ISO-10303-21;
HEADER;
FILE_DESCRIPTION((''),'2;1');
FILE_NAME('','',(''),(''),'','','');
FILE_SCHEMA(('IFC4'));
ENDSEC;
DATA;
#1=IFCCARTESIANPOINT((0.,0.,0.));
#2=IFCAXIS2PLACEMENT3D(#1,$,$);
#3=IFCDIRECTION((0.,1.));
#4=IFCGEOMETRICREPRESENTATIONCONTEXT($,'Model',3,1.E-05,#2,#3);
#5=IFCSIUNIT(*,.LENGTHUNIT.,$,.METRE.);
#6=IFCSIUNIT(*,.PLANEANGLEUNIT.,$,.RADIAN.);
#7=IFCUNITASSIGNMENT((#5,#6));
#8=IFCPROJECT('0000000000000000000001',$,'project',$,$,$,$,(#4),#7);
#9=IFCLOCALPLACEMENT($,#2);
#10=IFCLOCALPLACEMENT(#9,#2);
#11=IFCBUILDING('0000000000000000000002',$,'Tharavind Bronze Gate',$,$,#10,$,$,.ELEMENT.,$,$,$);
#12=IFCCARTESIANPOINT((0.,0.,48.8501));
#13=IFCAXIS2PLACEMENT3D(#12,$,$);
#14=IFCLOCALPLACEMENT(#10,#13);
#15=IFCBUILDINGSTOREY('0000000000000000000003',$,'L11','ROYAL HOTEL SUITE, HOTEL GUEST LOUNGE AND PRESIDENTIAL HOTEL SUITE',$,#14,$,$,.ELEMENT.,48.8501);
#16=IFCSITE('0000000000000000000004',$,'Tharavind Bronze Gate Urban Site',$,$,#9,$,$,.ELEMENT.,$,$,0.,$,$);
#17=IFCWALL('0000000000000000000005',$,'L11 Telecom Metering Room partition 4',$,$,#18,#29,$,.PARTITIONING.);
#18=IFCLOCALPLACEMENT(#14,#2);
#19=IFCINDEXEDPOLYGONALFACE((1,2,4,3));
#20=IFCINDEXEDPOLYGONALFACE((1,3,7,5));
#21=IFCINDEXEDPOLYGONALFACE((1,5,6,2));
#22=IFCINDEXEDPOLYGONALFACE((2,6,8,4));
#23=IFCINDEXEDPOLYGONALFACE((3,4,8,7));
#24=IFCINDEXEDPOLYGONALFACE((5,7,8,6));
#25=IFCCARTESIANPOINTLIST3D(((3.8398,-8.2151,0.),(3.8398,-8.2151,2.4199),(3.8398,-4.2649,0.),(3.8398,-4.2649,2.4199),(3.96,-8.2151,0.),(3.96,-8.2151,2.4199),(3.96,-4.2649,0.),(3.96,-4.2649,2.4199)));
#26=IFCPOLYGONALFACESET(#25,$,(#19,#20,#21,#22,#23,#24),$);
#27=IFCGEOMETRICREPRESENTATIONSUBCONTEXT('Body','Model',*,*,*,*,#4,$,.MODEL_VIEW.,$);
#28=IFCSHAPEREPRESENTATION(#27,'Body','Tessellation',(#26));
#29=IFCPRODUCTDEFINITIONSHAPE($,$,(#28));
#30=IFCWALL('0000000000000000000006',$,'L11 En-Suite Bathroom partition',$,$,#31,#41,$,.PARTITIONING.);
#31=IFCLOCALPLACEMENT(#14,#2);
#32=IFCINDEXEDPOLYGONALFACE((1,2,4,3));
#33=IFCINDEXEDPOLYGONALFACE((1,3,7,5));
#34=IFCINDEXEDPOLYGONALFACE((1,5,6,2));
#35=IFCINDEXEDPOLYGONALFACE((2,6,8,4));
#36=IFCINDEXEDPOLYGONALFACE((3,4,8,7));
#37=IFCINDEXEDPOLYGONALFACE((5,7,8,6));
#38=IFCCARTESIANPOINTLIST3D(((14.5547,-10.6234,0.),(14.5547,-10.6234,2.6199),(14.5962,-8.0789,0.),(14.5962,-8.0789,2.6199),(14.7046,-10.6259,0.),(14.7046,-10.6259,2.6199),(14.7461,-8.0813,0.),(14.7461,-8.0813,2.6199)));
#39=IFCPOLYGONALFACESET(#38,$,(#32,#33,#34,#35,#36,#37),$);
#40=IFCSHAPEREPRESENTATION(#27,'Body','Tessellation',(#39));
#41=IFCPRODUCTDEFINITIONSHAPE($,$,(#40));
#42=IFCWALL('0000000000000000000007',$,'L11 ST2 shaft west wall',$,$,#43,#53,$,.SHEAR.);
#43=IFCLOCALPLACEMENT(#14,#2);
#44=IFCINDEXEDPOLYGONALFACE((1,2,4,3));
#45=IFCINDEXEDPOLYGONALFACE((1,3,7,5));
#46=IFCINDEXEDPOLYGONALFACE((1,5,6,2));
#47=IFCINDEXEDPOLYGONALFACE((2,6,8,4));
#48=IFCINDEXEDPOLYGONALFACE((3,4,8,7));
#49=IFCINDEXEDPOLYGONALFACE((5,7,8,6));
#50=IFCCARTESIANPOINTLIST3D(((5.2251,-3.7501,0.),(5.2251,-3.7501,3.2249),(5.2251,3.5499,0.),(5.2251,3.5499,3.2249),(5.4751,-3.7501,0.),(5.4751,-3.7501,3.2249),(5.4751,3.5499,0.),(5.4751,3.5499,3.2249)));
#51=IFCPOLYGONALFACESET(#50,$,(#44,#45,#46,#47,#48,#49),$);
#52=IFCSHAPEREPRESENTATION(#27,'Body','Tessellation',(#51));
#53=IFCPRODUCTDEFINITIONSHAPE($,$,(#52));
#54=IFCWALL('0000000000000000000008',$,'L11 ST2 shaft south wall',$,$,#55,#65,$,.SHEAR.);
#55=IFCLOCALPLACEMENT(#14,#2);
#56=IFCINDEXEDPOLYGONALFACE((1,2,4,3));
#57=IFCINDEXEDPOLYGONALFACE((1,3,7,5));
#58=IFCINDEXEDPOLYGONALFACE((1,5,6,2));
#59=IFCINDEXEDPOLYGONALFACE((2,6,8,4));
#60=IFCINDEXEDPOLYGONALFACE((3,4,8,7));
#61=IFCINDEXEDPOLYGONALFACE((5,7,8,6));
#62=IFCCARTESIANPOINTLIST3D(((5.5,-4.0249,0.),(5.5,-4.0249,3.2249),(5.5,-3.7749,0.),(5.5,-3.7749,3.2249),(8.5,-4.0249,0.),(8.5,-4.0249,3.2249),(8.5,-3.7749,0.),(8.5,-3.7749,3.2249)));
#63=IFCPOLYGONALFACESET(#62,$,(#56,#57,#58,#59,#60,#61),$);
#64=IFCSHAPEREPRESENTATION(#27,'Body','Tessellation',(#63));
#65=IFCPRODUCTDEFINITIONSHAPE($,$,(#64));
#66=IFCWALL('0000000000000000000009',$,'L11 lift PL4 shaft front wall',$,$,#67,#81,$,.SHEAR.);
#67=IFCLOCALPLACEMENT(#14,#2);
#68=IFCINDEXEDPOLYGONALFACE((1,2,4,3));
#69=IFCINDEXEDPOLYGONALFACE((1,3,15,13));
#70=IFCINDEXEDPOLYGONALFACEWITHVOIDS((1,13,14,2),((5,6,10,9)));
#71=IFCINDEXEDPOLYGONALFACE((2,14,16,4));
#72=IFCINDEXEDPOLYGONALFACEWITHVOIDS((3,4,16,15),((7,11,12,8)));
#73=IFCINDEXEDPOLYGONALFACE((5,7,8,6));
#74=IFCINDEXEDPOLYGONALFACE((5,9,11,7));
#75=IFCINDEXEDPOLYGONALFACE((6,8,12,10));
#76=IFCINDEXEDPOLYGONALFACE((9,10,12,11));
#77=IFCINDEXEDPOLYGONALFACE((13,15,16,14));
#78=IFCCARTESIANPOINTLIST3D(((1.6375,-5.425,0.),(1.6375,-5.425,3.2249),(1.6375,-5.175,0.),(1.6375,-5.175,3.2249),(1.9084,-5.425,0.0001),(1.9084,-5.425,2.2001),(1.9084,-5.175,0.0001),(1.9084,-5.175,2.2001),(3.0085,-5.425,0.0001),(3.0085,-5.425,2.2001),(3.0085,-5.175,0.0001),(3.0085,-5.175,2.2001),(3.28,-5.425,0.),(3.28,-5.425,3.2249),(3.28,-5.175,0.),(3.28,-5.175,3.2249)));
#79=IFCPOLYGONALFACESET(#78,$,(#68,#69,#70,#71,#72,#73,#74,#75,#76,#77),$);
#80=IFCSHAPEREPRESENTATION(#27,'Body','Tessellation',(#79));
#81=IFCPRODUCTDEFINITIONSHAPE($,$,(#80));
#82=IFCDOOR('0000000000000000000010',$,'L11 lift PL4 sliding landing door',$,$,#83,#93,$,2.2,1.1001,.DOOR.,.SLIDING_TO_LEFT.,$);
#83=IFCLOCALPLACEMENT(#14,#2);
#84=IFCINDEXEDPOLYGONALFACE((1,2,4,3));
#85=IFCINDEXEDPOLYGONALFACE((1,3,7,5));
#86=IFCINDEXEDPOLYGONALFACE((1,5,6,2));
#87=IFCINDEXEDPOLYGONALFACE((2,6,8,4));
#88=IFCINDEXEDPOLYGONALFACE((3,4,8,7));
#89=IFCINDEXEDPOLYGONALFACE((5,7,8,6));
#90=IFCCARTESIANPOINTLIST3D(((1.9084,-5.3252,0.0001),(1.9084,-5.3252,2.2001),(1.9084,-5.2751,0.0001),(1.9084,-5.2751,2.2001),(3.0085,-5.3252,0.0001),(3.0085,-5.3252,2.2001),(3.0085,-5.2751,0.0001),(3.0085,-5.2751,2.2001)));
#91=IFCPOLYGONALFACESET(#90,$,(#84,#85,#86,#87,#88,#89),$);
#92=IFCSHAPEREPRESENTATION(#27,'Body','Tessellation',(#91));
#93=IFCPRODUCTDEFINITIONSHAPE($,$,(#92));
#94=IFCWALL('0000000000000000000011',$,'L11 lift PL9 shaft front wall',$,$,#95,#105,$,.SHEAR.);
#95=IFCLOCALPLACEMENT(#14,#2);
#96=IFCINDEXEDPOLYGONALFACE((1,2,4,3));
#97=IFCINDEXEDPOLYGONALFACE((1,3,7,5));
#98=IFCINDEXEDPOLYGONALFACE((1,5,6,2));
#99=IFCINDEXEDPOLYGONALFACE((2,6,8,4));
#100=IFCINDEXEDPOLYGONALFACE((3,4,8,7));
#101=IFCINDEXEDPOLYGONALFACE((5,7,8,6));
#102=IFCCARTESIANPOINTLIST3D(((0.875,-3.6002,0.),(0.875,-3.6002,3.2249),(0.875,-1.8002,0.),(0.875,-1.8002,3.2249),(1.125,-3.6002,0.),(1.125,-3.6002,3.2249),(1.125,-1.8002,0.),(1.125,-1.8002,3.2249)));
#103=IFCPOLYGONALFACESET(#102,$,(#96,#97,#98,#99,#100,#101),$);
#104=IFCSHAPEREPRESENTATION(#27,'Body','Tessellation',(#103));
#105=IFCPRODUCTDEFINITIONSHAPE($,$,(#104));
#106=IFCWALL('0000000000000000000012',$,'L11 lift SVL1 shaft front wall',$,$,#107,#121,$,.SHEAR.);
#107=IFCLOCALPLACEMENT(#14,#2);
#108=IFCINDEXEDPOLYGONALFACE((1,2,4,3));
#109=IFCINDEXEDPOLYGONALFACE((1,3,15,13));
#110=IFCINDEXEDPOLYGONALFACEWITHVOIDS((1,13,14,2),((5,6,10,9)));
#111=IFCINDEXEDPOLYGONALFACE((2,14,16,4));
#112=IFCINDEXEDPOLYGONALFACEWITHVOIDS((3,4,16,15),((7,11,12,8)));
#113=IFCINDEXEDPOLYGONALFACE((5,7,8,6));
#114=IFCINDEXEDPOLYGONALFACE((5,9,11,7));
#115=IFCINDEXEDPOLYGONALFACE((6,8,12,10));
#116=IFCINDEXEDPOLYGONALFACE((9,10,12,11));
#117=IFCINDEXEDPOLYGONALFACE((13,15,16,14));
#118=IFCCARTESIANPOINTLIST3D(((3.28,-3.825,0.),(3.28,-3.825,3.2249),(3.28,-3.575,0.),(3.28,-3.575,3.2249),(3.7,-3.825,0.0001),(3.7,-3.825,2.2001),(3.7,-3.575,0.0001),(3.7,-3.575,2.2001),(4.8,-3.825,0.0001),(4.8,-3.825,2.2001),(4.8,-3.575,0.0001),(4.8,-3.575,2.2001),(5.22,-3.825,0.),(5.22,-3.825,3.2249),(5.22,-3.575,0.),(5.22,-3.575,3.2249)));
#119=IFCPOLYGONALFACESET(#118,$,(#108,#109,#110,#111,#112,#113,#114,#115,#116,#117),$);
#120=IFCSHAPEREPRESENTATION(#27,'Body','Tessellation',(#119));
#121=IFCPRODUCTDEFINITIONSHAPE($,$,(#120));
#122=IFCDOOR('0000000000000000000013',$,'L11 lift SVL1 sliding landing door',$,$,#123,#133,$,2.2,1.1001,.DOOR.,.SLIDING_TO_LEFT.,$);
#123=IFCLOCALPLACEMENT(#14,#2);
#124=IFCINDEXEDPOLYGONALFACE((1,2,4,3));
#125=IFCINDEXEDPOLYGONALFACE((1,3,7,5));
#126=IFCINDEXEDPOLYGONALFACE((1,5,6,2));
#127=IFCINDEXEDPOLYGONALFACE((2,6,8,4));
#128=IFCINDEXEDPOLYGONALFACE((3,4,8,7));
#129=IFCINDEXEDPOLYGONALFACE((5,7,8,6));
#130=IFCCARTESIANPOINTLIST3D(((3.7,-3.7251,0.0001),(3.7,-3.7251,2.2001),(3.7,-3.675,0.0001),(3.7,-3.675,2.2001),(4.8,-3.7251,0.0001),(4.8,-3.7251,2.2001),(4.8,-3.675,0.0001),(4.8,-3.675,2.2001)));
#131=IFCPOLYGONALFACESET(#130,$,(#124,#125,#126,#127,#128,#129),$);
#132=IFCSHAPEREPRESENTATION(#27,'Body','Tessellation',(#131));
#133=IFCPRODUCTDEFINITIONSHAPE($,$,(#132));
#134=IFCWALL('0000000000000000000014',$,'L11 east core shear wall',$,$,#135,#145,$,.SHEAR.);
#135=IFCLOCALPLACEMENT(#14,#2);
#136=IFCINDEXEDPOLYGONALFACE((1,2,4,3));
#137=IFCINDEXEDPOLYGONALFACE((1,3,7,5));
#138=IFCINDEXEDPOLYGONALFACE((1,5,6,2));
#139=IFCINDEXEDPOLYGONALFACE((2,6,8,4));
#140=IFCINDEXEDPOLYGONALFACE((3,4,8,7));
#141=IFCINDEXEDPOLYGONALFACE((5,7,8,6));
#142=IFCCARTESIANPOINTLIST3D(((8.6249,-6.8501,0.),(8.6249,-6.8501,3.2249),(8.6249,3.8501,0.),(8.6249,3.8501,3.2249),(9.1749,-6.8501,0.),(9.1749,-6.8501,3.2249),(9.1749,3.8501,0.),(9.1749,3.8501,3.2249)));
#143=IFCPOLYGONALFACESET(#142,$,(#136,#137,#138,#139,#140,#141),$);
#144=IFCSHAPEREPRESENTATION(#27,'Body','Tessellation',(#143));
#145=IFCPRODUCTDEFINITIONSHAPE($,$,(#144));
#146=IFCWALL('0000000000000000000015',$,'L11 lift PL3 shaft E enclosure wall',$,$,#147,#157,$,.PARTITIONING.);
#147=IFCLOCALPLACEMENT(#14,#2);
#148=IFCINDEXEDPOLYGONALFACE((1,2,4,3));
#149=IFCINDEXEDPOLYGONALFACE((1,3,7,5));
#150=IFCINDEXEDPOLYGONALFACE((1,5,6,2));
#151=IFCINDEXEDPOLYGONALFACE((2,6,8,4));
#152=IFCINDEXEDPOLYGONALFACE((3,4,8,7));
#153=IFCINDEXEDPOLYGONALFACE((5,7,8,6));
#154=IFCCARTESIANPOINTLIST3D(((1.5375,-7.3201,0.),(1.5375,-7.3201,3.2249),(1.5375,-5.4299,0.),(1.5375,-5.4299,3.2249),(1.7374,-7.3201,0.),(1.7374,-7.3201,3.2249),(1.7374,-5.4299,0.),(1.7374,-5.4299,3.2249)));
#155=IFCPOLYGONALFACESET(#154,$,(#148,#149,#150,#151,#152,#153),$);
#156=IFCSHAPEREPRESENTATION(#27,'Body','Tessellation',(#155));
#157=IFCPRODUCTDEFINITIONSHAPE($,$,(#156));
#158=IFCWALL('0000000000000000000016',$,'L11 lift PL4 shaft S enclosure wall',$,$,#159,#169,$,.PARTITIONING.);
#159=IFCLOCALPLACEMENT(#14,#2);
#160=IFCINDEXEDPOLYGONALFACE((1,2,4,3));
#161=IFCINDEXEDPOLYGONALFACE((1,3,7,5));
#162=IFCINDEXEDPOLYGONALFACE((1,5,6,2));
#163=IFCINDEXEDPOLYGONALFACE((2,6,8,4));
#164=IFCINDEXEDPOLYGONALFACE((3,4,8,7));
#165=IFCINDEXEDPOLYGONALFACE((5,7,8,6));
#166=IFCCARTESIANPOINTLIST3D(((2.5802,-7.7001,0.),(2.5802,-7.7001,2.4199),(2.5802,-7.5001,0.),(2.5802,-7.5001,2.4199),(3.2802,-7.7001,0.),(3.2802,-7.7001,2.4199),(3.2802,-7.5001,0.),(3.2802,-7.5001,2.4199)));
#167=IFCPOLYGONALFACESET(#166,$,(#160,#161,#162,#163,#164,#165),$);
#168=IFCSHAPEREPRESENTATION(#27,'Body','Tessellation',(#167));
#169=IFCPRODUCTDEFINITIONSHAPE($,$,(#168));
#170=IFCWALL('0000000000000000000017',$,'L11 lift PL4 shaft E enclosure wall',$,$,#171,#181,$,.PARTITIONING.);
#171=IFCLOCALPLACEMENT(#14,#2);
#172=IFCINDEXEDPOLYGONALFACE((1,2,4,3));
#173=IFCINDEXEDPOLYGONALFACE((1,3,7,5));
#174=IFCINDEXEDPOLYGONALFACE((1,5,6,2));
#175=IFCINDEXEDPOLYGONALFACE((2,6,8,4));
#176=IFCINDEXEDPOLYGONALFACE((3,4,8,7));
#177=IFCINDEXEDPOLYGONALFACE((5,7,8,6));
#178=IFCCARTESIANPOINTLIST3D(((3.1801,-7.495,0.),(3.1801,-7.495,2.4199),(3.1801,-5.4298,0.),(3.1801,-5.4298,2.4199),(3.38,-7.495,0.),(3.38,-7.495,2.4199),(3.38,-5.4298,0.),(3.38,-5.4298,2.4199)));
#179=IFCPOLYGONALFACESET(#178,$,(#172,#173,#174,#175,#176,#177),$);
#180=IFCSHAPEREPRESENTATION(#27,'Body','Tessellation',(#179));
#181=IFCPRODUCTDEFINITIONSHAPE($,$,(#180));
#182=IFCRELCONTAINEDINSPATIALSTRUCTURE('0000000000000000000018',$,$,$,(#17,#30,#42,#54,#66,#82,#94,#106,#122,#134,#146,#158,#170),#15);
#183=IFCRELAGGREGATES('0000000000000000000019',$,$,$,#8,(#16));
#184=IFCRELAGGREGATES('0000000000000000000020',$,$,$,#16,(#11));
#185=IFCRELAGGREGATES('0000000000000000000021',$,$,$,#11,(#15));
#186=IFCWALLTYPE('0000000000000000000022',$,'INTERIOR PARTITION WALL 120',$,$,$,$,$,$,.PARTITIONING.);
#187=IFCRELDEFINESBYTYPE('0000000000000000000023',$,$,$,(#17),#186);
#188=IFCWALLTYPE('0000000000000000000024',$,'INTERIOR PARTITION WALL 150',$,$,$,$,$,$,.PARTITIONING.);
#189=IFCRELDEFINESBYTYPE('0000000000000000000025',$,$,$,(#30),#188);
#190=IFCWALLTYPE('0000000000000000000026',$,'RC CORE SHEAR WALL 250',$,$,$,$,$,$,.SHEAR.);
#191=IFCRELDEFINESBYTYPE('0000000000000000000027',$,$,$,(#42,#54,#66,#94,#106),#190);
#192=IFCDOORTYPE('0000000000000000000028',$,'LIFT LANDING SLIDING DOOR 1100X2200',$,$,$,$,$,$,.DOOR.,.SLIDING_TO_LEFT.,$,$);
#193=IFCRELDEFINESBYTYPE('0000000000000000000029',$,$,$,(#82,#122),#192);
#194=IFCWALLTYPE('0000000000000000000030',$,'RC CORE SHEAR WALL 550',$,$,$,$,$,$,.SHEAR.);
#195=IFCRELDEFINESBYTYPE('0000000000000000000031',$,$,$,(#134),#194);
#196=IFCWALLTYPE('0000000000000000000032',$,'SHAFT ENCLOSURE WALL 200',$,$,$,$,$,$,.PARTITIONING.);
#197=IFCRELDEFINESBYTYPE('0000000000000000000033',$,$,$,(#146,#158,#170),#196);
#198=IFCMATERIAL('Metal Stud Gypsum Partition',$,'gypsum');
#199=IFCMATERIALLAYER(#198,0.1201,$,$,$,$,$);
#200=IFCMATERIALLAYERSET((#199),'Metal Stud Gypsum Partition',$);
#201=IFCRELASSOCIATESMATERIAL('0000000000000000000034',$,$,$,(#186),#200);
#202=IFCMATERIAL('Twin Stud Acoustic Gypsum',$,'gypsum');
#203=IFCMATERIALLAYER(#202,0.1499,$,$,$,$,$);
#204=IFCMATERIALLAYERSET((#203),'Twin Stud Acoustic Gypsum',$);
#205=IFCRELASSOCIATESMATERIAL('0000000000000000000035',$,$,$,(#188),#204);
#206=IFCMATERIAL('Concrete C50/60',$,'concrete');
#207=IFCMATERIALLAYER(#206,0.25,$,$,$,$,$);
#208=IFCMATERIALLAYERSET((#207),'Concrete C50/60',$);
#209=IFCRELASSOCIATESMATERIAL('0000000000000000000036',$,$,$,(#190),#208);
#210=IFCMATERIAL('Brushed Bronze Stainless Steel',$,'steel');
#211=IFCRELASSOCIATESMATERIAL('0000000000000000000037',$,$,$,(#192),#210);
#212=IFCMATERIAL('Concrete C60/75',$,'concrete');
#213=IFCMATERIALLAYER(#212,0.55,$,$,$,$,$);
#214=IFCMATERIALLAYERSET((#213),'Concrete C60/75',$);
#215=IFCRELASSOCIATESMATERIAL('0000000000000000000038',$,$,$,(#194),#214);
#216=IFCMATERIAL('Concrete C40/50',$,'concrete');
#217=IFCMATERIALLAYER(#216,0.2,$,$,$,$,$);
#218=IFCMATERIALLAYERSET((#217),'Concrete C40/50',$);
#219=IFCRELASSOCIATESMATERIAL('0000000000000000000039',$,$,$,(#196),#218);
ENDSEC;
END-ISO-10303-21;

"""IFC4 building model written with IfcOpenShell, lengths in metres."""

from ifc_helpers import new_model, si_unit, direction, frame, frame_2d, origin, place, context, subcontext, project, spatial, rectangle, extrude, material, layer, layer_set, type_object, element, fill, save


model = new_model("IFC4")

# Units and contexts
model_context = context("Model", 3, precision=1e-05, world=origin(), true_north=direction((0.0, 1.0)))
body_context = subcontext(model_context, "Body", "Model", "MODEL_VIEW")
ifc_project = project(units=[si_unit("LENGTHUNIT", "METRE"), si_unit("PLANEANGLEUNIT", "RADIAN")], contexts=[model_context])

# Site, building, storey
site_placement = place(None, origin())
site = spatial("IfcSite", under=ifc_project, at=site_placement, Name="Tharavind Bronze Gate Urban Site", CompositionType="ELEMENT", RefElevation=0.0)
building_placement = place(site_placement, origin())
building = spatial("IfcBuilding", under=site, at=building_placement, Name="Tharavind Bronze Gate", CompositionType="ELEMENT")
storey_placement = place(building_placement, frame((0.0, 0.0, 48.8501)))
storey = spatial("IfcBuildingStorey", under=building, at=storey_placement, Name="L11", Description="ROYAL HOTEL SUITE, HOTEL GUEST LOUNGE AND PRESIDENTIAL HOTEL SUITE", CompositionType="ELEMENT", Elevation=48.8501)

# Walls
ifc_material_1 = material(Name="Metal Stud Gypsum Partition", Category="gypsum")
ifc_layer_1 = layer(ifc_material_1, 0.1201)
ifc_layer_set_1 = layer_set([ifc_layer_1], Name="Metal Stud Gypsum Partition")
wall_type_1 = type_object("IfcWallType", Name="INTERIOR PARTITION WALL 120", PredefinedType="PARTITIONING", material=ifc_layer_set_1)
wall_1_placement = place(storey_placement, frame((3.8999, -4.2649, 0.0), z_axis=(0.0, 0.0, 1.0), x_axis=(0.0, -1.0, 0.0)))
element("IfcWall", 1, at=wall_1_placement, inside=storey, type_object=wall_type_1, Name="L11 Telecom Metering Room partition 4", PredefinedType="PARTITIONING", context=body_context, shape_type="SweptSolid", body=[
    extrude(rectangle(XDim=3.9502, YDim=0.1201, at=frame_2d((1.9751, 0.0))), origin(), (0.0, 0.0, 1.0), 2.4199),
])
ifc_material_2 = material(Name="Twin Stud Acoustic Gypsum", Category="gypsum")
ifc_layer_2 = layer(ifc_material_2, 0.1499)
ifc_layer_set_2 = layer_set([ifc_layer_2], Name="Twin Stud Acoustic Gypsum")
wall_type_2 = type_object("IfcWallType", Name="INTERIOR PARTITION WALL 150", PredefinedType="PARTITIONING", material=ifc_layer_set_2)
wall_2_placement = place(storey_placement, frame((14.6711, -8.0801, 0.0), z_axis=(0.0, 0.0, 1.0), x_axis=(-0.016308, -0.999867, 0.0)))
element("IfcWall", 2, at=wall_2_placement, inside=storey, type_object=wall_type_2, Name="L11 En-Suite Bathroom partition", PredefinedType="PARTITIONING", context=body_context, shape_type="SweptSolid", body=[
    extrude(rectangle(XDim=2.5449, YDim=0.1499, at=frame_2d((1.2725, 0.0))), origin(), (0.0, 0.0, 1.0), 2.6199),
])
ifc_material_3 = material(Name="Concrete C50/60", Category="concrete")
ifc_layer_3 = layer(ifc_material_3, 0.25)
ifc_layer_set_3 = layer_set([ifc_layer_3], Name="Concrete C50/60")
wall_type_3 = type_object("IfcWallType", Name="RC CORE SHEAR WALL 250", PredefinedType="SHEAR", material=ifc_layer_set_3)
wall_3_placement = place(storey_placement, frame((5.3501, -3.75, 0.0), z_axis=(0.0, 0.0, 1.0), x_axis=(0.0, 1.0, 0.0)))
element("IfcWall", 3, at=wall_3_placement, inside=storey, type_object=wall_type_3, Name="L11 ST2 shaft west wall", PredefinedType="SHEAR", context=body_context, shape_type="SweptSolid", body=[
    extrude(rectangle(XDim=7.3, YDim=0.25, at=frame_2d((3.6499, 0.0))), origin(), (0.0, 0.0, 1.0), 3.2249),
])
wall_4_placement = place(storey_placement, frame((5.5, -3.8999, 0.0), z_axis=(0.0, 0.0, 1.0), x_axis=(1.0, 0.0, 0.0)))
element("IfcWall", 4, at=wall_4_placement, inside=storey, type_object=wall_type_3, Name="L11 ST2 shaft south wall", PredefinedType="SHEAR", context=body_context, shape_type="SweptSolid", body=[
    extrude(rectangle(XDim=3.0, YDim=0.25, at=frame_2d((1.5, 0.0))), origin(), (0.0, 0.0, 1.0), 3.2249),
])

# Wall, opening, door
wall_5_placement = place(storey_placement, frame((1.6375, -5.3, 0.0), z_axis=(0.0, 0.0, 1.0), x_axis=(1.0, 0.0, 0.0)))
wall_5 = element("IfcWall", 5, at=wall_5_placement, inside=storey, type_object=wall_type_3, Name="L11 lift PL4 shaft front wall", PredefinedType="SHEAR", context=body_context, shape_type="SweptSolid", body=[
    extrude(rectangle(XDim=1.6426, YDim=0.25, at=frame_2d((0.8213, 0.0))), origin(), (0.0, 0.0, 1.0), 3.2249),
])
opening_1_placement = place(wall_5_placement, frame((0.271, 0.0, 0.0)))
opening_1 = element("IfcOpeningElement", 6, at=opening_1_placement, cuts=wall_5, PredefinedType="OPENING", context=body_context, shape_type="SweptSolid", body=[
    extrude(rectangle(XDim=1.1001, YDim=2.2, at=frame_2d((0.55, 1.1001))), frame((0.0, 0.135, 0.0), z_axis=(0.0, -1.0, 0.0), x_axis=(1.0, 0.0, 0.0)), (0.0, 0.0, 1.0), 0.27),
])
ifc_material_4 = material(Name="Brushed Bronze Stainless Steel", Category="steel")
door_type_1 = type_object("IfcDoorType", Name="LIFT LANDING SLIDING DOOR 1100X2200", OperationType="SLIDING_TO_LEFT", PredefinedType="DOOR", material=ifc_material_4)
door_1_placement = place(opening_1_placement, origin())
door_1 = element("IfcDoor", 7, at=door_1_placement, inside=storey, type_object=door_type_1, Name="L11 lift PL4 sliding landing door", OperationType="SLIDING_TO_LEFT", OverallHeight=2.2, OverallWidth=1.1001, PredefinedType="DOOR", context=body_context, shape_type="SweptSolid", body=[
    extrude(rectangle(XDim=1.1001, YDim=2.2, at=frame_2d((0.55, 1.1001))), frame((0.0, 0.0249, 0.0), z_axis=(0.0, -1.0, 0.0), x_axis=(1.0, 0.0, 0.0)), (0.0, 0.0, 1.0), 0.05),
])
fill(opening_1, door_1)

# Wall
wall_6_placement = place(storey_placement, frame((1.0, -3.6001, 0.0), z_axis=(0.0, 0.0, 1.0), x_axis=(0.0, 1.0, 0.0)))
element("IfcWall", 8, at=wall_6_placement, inside=storey, type_object=wall_type_3, Name="L11 lift PL9 shaft front wall", PredefinedType="SHEAR", context=body_context, shape_type="SweptSolid", body=[
    extrude(rectangle(XDim=1.8, YDim=0.25, at=frame_2d((0.8999, 0.0))), origin(), (0.0, 0.0, 1.0), 3.2249),
])

# Wall, opening, door
wall_7_placement = place(storey_placement, frame((3.28, -3.7, 0.0), z_axis=(0.0, 0.0, 1.0), x_axis=(1.0, 0.0, 0.0)))
wall_7 = element("IfcWall", 9, at=wall_7_placement, inside=storey, type_object=wall_type_3, Name="L11 lift SVL1 shaft front wall", PredefinedType="SHEAR", context=body_context, shape_type="SweptSolid", body=[
    extrude(rectangle(XDim=1.9399, YDim=0.25, at=frame_2d((0.97, 0.0))), origin(), (0.0, 0.0, 1.0), 3.2249),
])
opening_2_placement = place(wall_7_placement, frame((0.4199, 0.0, 0.0)))
opening_2 = element("IfcOpeningElement", 10, at=opening_2_placement, cuts=wall_7, PredefinedType="OPENING", context=body_context, shape_type="SweptSolid", body=[
    extrude(rectangle(XDim=1.1001, YDim=2.2, at=frame_2d((0.55, 1.1001))), frame((0.0, 0.135, 0.0), z_axis=(0.0, -1.0, 0.0), x_axis=(1.0, 0.0, 0.0)), (0.0, 0.0, 1.0), 0.27),
])
door_2_placement = place(opening_2_placement, origin())
door_2 = element("IfcDoor", 11, at=door_2_placement, inside=storey, type_object=door_type_1, Name="L11 lift SVL1 sliding landing door", OperationType="SLIDING_TO_LEFT", OverallHeight=2.2, OverallWidth=1.1001, PredefinedType="DOOR", context=body_context, shape_type="SweptSolid", body=[
    extrude(rectangle(XDim=1.1001, YDim=2.2, at=frame_2d((0.55, 1.1001))), frame((0.0, 0.0249, 0.0), z_axis=(0.0, -1.0, 0.0), x_axis=(1.0, 0.0, 0.0)), (0.0, 0.0, 1.0), 0.05),
])
fill(opening_2, door_2)

# Walls
ifc_material_5 = material(Name="Concrete C60/75", Category="concrete")
ifc_layer_4 = layer(ifc_material_5, 0.55)
ifc_layer_set_4 = layer_set([ifc_layer_4], Name="Concrete C60/75")
wall_type_4 = type_object("IfcWallType", Name="RC CORE SHEAR WALL 550", PredefinedType="SHEAR", material=ifc_layer_set_4)
wall_8_placement = place(storey_placement, frame((8.8999, -6.8501, 0.0), z_axis=(0.0, 0.0, 1.0), x_axis=(0.0, 1.0, 0.0)))
element("IfcWall", 12, at=wall_8_placement, inside=storey, type_object=wall_type_4, Name="L11 east core shear wall", PredefinedType="SHEAR", context=body_context, shape_type="SweptSolid", body=[
    extrude(rectangle(XDim=10.7002, YDim=0.55, at=frame_2d((5.3501, 0.0))), origin(), (0.0, 0.0, 1.0), 3.2249),
])
ifc_material_6 = material(Name="Concrete C40/50", Category="concrete")
ifc_layer_5 = layer(ifc_material_6, 0.2)
ifc_layer_set_5 = layer_set([ifc_layer_5], Name="Concrete C40/50")
wall_type_5 = type_object("IfcWallType", Name="SHAFT ENCLOSURE WALL 200", PredefinedType="PARTITIONING", material=ifc_layer_set_5)
wall_9_placement = place(storey_placement, frame((1.6375, -7.3201, 0.0), z_axis=(0.0, 0.0, 1.0), x_axis=(0.0, 1.0, 0.0)))
element("IfcWall", 13, at=wall_9_placement, inside=storey, type_object=wall_type_5, Name="L11 lift PL3 shaft E enclosure wall", PredefinedType="PARTITIONING", context=body_context, shape_type="SweptSolid", body=[
    extrude(rectangle(XDim=1.8901, YDim=0.2, at=frame_2d((0.9451, 0.0))), origin(), (0.0, 0.0, 1.0), 3.2249),
])
wall_10_placement = place(storey_placement, frame((2.5801, -7.6001, 0.0), z_axis=(0.0, 0.0, 1.0), x_axis=(1.0, 0.0, 0.0)))
element("IfcWall", 14, at=wall_10_placement, inside=storey, type_object=wall_type_5, Name="L11 lift PL4 shaft S enclosure wall", PredefinedType="PARTITIONING", context=body_context, shape_type="SweptSolid", body=[
    extrude(rectangle(XDim=0.7, YDim=0.2, at=frame_2d((0.3501, 0.0))), origin(), (0.0, 0.0, 1.0), 2.4199),
])
wall_11_placement = place(storey_placement, frame((3.28, -7.4951, 0.0), z_axis=(0.0, 0.0, 1.0), x_axis=(0.0, 1.0, 0.0)))
element("IfcWall", 15, at=wall_11_placement, inside=storey, type_object=wall_type_5, Name="L11 lift PL4 shaft E enclosure wall", PredefinedType="PARTITIONING", context=body_context, shape_type="SweptSolid", body=[
    extrude(rectangle(XDim=2.0652, YDim=0.2, at=frame_2d((1.0327, 0.0))), origin(), (0.0, 0.0, 1.0), 2.4199),
])

save(model, "model.ifc")
